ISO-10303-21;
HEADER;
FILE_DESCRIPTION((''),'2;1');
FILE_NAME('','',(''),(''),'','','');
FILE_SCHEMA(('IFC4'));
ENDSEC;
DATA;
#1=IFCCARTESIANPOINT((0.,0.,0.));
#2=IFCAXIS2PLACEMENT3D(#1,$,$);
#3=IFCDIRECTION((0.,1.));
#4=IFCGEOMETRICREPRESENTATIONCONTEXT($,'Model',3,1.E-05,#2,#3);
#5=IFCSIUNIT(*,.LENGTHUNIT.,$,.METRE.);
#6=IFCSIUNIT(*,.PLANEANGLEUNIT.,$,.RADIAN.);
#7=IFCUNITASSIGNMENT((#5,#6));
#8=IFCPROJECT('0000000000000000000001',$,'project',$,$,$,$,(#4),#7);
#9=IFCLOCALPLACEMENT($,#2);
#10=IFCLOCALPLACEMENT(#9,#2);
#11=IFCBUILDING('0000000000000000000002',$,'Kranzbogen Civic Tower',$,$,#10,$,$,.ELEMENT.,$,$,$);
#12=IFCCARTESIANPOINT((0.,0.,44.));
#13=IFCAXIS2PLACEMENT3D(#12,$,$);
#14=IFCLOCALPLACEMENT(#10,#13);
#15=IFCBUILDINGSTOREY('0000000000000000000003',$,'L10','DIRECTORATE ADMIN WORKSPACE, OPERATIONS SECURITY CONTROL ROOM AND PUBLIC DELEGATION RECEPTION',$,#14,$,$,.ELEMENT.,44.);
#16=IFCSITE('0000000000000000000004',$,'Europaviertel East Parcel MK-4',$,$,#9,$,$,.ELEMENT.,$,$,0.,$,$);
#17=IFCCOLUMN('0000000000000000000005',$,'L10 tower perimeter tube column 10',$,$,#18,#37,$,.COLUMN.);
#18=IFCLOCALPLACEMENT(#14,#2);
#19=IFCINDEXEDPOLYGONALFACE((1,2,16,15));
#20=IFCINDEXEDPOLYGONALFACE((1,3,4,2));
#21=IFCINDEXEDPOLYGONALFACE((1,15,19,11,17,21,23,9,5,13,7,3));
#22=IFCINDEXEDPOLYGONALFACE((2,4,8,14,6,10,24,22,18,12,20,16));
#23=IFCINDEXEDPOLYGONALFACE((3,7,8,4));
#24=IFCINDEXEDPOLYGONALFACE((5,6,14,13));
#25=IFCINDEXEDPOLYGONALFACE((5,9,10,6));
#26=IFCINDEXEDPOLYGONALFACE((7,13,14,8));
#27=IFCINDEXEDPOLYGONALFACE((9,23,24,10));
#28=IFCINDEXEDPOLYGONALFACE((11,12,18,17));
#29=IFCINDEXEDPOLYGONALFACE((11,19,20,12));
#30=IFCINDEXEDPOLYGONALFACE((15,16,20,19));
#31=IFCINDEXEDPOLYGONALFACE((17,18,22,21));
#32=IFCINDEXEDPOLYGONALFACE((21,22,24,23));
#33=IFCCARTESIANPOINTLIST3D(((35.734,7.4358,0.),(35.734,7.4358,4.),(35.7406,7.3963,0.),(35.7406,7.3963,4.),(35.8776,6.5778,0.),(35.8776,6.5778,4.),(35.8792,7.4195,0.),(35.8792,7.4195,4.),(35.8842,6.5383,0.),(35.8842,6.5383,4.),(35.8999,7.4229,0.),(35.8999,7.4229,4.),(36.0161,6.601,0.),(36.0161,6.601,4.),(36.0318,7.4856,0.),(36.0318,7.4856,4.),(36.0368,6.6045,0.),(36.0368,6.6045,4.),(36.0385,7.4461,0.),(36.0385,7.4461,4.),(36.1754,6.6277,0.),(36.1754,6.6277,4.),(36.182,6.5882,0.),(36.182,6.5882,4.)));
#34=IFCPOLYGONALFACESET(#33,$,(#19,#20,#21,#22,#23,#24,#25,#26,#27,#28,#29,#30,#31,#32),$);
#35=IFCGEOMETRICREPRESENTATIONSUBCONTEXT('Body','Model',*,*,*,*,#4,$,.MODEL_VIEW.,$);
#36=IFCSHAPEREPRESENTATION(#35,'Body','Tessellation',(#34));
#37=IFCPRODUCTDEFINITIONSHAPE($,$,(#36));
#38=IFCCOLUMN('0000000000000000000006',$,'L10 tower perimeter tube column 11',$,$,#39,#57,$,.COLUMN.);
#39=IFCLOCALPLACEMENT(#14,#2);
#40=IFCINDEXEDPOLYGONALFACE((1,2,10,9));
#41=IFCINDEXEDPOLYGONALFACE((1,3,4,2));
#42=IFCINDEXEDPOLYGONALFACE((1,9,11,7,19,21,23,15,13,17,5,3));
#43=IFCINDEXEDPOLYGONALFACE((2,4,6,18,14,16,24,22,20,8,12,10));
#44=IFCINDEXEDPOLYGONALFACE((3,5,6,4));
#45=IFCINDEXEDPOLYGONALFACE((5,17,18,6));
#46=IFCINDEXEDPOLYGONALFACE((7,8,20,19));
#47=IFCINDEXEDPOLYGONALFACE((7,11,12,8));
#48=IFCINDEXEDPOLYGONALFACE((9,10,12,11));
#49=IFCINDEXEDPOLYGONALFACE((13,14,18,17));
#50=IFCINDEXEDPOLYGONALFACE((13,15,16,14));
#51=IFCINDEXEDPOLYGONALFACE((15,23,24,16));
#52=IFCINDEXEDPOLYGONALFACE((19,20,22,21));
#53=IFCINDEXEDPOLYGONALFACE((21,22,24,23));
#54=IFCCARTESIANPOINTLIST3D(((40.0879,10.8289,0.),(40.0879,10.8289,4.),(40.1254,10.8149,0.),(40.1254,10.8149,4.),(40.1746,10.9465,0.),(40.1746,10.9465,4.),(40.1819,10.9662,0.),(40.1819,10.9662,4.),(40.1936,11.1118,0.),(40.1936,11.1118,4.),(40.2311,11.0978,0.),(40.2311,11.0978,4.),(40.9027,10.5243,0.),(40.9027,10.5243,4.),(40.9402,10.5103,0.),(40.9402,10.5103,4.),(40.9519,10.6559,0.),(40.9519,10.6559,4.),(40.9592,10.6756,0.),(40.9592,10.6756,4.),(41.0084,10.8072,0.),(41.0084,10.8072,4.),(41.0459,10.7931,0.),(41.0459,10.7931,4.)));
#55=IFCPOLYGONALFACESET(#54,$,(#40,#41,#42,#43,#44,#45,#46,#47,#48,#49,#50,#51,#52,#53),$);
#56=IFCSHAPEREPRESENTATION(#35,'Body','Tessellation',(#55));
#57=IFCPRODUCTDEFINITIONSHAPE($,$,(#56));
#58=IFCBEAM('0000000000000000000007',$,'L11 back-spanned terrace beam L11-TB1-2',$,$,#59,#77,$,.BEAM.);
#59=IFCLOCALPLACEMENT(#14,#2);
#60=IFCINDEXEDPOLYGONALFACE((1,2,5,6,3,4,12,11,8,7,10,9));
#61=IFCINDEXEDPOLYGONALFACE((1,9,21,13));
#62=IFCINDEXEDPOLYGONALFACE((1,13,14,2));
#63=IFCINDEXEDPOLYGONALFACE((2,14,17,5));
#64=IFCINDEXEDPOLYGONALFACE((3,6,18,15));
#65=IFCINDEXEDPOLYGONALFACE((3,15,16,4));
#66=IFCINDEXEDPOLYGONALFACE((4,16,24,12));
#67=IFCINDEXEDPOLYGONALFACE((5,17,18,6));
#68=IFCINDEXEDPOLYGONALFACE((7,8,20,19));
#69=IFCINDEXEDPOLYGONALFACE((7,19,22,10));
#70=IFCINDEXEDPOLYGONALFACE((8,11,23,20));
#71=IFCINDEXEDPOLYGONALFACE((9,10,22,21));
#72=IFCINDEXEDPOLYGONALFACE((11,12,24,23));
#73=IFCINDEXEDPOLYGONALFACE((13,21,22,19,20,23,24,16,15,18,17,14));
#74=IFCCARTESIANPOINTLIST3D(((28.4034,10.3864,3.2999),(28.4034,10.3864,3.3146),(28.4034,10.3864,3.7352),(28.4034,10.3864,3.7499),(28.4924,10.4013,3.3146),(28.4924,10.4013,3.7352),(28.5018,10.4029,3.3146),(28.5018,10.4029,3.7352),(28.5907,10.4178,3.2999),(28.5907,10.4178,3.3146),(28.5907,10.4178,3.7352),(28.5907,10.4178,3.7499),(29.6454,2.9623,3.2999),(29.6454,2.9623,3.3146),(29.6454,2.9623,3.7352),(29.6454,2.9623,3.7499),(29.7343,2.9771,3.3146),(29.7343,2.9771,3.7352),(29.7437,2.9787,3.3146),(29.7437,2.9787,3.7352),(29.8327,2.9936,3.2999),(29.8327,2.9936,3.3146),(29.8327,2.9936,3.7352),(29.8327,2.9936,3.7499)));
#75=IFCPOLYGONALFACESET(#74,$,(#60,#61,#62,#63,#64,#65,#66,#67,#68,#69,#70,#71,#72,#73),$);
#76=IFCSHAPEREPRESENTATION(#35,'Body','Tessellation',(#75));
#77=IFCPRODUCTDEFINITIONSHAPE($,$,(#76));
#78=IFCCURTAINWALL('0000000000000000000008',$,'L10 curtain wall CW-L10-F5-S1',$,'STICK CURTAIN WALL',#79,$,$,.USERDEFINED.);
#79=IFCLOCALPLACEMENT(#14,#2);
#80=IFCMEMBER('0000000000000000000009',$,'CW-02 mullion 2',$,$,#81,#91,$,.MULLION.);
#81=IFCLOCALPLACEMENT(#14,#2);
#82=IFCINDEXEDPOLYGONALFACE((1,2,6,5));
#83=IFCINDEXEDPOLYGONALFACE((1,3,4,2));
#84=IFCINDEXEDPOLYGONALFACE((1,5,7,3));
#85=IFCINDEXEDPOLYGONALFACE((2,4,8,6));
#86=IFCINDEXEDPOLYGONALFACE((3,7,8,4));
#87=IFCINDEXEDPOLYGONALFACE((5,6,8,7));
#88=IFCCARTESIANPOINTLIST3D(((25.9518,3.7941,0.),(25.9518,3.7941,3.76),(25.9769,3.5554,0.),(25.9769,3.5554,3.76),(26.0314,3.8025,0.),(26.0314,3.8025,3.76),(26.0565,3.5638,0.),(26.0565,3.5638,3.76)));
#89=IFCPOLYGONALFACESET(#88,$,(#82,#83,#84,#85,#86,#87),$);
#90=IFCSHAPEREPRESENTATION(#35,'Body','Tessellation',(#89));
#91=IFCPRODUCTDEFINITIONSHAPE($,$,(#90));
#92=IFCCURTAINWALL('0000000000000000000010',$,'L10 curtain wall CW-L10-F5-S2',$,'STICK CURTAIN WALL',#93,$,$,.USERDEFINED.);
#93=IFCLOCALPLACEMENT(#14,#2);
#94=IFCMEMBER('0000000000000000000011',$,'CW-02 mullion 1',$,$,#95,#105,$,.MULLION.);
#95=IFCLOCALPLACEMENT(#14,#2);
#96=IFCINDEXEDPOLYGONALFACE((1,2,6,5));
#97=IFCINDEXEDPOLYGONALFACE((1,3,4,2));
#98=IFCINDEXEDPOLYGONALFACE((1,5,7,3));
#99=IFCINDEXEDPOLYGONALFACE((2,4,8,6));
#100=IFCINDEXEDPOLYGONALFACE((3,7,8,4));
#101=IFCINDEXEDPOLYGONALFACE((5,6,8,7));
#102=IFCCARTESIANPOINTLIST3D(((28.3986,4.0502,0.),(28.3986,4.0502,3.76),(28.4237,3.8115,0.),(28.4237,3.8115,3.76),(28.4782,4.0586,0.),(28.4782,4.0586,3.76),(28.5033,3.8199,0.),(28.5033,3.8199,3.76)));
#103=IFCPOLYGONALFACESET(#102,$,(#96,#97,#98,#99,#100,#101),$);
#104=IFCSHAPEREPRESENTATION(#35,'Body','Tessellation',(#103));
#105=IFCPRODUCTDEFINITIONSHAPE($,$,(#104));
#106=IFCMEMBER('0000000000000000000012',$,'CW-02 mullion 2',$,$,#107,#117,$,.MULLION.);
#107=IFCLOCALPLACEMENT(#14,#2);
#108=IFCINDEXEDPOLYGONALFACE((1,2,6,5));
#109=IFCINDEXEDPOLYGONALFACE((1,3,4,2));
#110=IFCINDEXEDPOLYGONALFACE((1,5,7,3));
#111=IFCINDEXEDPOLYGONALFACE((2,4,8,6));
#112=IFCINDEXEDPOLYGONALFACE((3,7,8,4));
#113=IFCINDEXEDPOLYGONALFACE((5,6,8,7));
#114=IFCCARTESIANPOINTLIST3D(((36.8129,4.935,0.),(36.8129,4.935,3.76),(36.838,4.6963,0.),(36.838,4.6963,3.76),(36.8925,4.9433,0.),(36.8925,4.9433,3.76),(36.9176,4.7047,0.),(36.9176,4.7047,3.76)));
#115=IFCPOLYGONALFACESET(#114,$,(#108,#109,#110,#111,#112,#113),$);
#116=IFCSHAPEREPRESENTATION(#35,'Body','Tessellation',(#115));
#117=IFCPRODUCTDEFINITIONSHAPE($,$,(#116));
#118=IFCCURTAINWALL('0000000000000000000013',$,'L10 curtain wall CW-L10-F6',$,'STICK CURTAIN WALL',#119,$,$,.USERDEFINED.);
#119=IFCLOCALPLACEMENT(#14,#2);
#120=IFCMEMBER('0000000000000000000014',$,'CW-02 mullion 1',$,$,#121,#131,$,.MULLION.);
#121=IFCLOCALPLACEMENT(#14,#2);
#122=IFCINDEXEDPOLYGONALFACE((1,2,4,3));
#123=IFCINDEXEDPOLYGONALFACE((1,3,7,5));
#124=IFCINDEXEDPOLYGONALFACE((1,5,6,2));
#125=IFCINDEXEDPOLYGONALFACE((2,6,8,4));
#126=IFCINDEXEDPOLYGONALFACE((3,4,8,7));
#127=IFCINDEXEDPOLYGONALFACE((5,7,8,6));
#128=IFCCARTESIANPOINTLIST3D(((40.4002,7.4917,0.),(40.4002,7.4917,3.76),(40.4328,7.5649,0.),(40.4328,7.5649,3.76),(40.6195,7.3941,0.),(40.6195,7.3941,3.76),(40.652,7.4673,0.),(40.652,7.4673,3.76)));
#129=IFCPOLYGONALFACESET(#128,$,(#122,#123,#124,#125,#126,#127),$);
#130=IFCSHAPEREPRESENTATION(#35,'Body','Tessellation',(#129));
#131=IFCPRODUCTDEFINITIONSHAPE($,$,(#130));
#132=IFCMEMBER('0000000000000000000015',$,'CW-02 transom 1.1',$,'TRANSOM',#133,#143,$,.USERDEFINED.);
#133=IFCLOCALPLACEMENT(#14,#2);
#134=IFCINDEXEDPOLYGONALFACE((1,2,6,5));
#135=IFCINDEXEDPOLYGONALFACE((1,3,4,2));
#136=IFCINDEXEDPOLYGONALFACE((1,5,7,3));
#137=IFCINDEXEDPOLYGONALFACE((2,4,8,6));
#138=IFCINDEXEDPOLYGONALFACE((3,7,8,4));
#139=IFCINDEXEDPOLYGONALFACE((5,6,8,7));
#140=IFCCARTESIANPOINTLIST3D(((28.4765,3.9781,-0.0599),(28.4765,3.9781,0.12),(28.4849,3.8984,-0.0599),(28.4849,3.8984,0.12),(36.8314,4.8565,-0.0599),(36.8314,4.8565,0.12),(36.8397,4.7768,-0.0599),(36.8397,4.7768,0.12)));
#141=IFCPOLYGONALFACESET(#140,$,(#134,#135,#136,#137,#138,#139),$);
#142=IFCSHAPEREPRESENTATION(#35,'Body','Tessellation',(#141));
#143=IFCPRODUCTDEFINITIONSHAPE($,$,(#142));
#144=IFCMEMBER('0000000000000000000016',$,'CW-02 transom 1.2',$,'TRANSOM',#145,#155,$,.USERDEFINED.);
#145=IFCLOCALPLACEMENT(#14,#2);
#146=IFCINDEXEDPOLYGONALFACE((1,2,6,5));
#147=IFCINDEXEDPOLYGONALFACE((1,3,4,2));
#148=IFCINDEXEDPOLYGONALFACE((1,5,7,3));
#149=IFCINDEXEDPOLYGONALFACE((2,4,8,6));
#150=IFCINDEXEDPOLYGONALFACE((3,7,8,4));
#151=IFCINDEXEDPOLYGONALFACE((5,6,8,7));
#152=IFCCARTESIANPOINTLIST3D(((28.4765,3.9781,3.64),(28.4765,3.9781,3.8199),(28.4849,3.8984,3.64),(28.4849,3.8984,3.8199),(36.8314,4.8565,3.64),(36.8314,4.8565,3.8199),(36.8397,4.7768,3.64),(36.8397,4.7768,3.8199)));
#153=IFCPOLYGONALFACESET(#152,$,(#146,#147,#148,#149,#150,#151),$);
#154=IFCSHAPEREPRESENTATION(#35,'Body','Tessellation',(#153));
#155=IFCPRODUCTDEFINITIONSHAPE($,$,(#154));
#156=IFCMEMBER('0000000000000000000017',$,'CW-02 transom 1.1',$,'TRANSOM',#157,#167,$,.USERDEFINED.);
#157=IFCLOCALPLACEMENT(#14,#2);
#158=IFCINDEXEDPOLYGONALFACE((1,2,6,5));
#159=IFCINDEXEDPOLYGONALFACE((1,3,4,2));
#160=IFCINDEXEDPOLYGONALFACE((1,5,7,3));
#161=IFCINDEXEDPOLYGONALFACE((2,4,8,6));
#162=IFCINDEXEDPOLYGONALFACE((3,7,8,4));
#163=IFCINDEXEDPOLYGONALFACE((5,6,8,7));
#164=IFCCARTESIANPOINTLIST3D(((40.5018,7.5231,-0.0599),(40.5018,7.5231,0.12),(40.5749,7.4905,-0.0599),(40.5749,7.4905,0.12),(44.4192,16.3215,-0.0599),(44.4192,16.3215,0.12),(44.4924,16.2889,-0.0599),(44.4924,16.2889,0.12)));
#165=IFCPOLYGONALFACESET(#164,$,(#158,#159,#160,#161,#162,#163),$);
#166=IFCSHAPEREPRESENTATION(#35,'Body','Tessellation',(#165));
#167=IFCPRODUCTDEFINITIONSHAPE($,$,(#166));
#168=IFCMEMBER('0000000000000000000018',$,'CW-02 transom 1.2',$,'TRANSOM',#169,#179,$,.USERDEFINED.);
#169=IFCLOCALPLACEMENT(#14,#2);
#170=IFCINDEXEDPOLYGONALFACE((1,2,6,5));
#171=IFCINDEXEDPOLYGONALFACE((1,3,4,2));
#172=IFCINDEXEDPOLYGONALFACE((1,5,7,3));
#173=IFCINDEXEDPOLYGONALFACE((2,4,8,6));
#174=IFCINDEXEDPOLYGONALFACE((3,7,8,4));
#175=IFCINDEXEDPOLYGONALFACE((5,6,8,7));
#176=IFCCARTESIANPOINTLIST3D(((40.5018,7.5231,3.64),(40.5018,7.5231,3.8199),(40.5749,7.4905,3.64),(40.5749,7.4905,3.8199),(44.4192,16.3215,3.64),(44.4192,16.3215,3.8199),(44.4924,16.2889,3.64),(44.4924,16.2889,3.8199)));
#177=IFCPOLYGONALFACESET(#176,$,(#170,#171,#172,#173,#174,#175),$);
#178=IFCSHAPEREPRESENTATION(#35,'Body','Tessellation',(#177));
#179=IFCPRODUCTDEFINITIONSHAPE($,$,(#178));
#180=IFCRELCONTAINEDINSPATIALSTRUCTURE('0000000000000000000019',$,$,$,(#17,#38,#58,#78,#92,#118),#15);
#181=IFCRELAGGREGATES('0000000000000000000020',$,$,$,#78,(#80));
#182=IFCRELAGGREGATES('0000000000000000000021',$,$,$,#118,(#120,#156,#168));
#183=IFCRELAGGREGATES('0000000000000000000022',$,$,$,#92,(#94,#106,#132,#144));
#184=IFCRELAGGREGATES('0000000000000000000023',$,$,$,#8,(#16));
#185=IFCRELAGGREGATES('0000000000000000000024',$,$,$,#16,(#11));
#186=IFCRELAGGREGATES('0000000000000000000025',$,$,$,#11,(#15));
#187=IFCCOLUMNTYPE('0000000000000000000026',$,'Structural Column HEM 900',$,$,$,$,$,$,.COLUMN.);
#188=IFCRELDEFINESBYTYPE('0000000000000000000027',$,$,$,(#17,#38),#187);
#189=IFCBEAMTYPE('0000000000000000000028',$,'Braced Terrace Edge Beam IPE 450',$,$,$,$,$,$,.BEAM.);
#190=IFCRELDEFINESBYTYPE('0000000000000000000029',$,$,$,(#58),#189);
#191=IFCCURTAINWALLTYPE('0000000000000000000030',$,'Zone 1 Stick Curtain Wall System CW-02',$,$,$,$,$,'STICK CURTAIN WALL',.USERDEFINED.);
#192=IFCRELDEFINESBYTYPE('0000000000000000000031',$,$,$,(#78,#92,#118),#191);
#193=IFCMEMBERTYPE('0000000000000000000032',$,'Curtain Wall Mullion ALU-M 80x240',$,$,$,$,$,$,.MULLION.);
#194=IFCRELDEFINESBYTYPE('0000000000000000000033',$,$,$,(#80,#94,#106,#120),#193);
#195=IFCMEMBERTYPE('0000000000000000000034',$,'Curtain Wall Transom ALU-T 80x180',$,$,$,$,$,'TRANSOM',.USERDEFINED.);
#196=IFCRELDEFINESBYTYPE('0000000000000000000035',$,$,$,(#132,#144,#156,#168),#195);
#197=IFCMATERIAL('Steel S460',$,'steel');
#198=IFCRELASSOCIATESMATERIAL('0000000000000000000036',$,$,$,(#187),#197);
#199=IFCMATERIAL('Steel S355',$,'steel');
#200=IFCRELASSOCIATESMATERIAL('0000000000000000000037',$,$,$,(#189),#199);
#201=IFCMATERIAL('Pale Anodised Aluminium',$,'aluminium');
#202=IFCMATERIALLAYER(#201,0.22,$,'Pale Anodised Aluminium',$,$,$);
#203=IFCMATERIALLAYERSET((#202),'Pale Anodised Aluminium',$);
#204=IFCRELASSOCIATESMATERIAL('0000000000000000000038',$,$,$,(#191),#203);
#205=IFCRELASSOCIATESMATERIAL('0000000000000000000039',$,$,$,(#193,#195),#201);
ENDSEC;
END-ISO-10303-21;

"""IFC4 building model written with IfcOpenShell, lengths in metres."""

from ifc_helpers import new_model, si_unit, direction, frame, origin, origin_2d, place, context, subcontext, project, spatial, rectangle, i_section, extrude, material, layer, layer_set, material_profile, profile_set, type_object, element, aggregate, save


model = new_model("IFC4")

# Units and contexts
model_context = context("Model", 3, precision=1e-05, world=origin(), true_north=direction((0.0, 1.0)))
body_context = subcontext(model_context, "Body", "Model", "MODEL_VIEW")
ifc_project = project(units=[si_unit("LENGTHUNIT", "METRE"), si_unit("PLANEANGLEUNIT", "RADIAN")], contexts=[model_context])

# Site, building, storey
site_placement = place(None, origin())
site = spatial("IfcSite", under=ifc_project, at=site_placement, Name="Europaviertel East Parcel MK-4", CompositionType="ELEMENT", RefElevation=0.0)
building_placement = place(site_placement, origin())
building = spatial("IfcBuilding", under=site, at=building_placement, Name="Kranzbogen Civic Tower", CompositionType="ELEMENT")
storey_placement = place(building_placement, frame((0.0, 0.0, 44.0)))
storey = spatial("IfcBuildingStorey", under=building, at=storey_placement, Name="L10", Description="DIRECTORATE ADMIN WORKSPACE, OPERATIONS SECURITY CONTROL ROOM AND PUBLIC DELEGATION RECEPTION", CompositionType="ELEMENT", Elevation=44.0)

# Columns
ifc_material_1 = material(Name="Steel S460", Category="steel")
ifc_material_profile_1 = material_profile(ifc_material_1, i_section(OverallWidth=0.302, OverallDepth=0.9099, WebThickness=0.021, FlangeThickness=0.04, at=origin_2d()), Name="HEM 900")
ifc_profile_set_1 = profile_set([ifc_material_profile_1], Name="Steel S460")
column_type = type_object("IfcColumnType", Name="Structural Column HEM 900", PredefinedType="COLUMN", material=ifc_profile_set_1)
for number, where, z_axis, x_axis, name in (
    (1, (35.958, 7.012, 0.0), (0.0, 0.0, 1.0), (0.986286, 0.165048, 0.0), "L10 tower perimeter tube column 10"),
    (2, (40.5669, 10.811, 0.0), (0.0, 0.0, 1.0), (0.350207, 0.936672, 0.0), "L10 tower perimeter tube column 11"),
):
    element("IfcColumn", number, at=place(storey_placement, frame(where, z_axis=z_axis, x_axis=x_axis)), inside=storey, type_object=column_type, Name=name, PredefinedType="COLUMN", context=body_context, shape_type="SweptSolid", body=[
        extrude(i_section(OverallWidth=0.302, OverallDepth=0.9099, WebThickness=0.021, FlangeThickness=0.04, at=origin_2d()), origin(), (0.0, 0.0, 1.0), 4.0),
    ])

# Beam
ifc_material_2 = material(Name="Steel S355", Category="steel")
ifc_material_profile_2 = material_profile(ifc_material_2, i_section(OverallWidth=0.1899, OverallDepth=0.45, WebThickness=0.0095, FlangeThickness=0.0146, at=origin_2d()), Name="IPE 450")
ifc_profile_set_2 = profile_set([ifc_material_profile_2], Name="Steel S355")
beam_type_1 = type_object("IfcBeamType", Name="Braced Terrace Edge Beam IPE 450", PredefinedType="BEAM", material=ifc_profile_set_2)
beam_1_placement = place(storey_placement, frame((28.4971, 10.4021, 3.5249), z_axis=(0.164993, -0.986295, 0.0), x_axis=(0.986295, 0.164993, 0.0)))
element("IfcBeam", 3, at=beam_1_placement, inside=storey, type_object=beam_type_1, Name="L11 back-spanned terrace beam L11-TB1-2", PredefinedType="BEAM", context=body_context, shape_type="SweptSolid", body=[
    extrude(i_section(OverallWidth=0.1899, OverallDepth=0.45, WebThickness=0.0095, FlangeThickness=0.0146, at=origin_2d()), origin(), (0.0, 0.0, 1.0), 7.5273),
])

# Curtain wall, member
ifc_material_3 = material(Name="Pale Anodised Aluminium", Category="aluminium")
ifc_layer_1 = layer(ifc_material_3, 0.22, Name="Pale Anodised Aluminium")
ifc_layer_set_1 = layer_set([ifc_layer_1], Name="Pale Anodised Aluminium")
curtain_wall_type = type_object("IfcCurtainWallType", Name="Zone 1 Stick Curtain Wall System CW-02", ElementType="STICK CURTAIN WALL", PredefinedType="USERDEFINED", material=ifc_layer_set_1)
curtain_wall_1_placement = place(storey_placement, origin())
curtain_wall_1 = element("IfcCurtainWall", 4, at=curtain_wall_1_placement, inside=storey, type_object=curtain_wall_type, Name="L10 curtain wall CW-L10-F5-S1", ObjectType="STICK CURTAIN WALL", PredefinedType="USERDEFINED")
ifc_material_profile_3 = material_profile(ifc_material_3, rectangle(XDim=0.0801, YDim=0.24, at=origin_2d()), Name="ALU-M 80x240")
ifc_profile_set_3 = profile_set([ifc_material_profile_3], Name="Pale Anodised Aluminium")
member_type_1 = type_object("IfcMemberType", Name="Curtain Wall Mullion ALU-M 80x240", PredefinedType="MULLION", material=ifc_profile_set_3)
member_1_placement = place(storey_placement, frame((26.0042, 3.679, 0.0), z_axis=(0.0, 0.0, 1.0), x_axis=(0.994518, 0.104569, 0.0)))
member_1 = element("IfcMember", 5, at=member_1_placement, type_object=member_type_1, Name="CW-02 mullion 2", PredefinedType="MULLION", context=body_context, shape_type="SweptSolid", body=[
    extrude(rectangle(XDim=0.0801, YDim=0.24, at=origin_2d()), origin(), (0.0, 0.0, 1.0), 3.76),
])
aggregate(curtain_wall_1, [member_1])

# Curtain wall, members
curtain_wall_2_placement = place(storey_placement, origin())
curtain_wall_2 = element("IfcCurtainWall", 6, at=curtain_wall_2_placement, inside=storey, type_object=curtain_wall_type, Name="L10 curtain wall CW-L10-F5-S2", ObjectType="STICK CURTAIN WALL", PredefinedType="USERDEFINED")
member_2_placement = place(storey_placement, frame((28.4509, 3.9351, 0.0), z_axis=(0.0, 0.0, 1.0), x_axis=(0.994518, 0.104569, 0.0)))
member_2 = element("IfcMember", 7, at=member_2_placement, type_object=member_type_1, Name="CW-02 mullion 1", PredefinedType="MULLION", context=body_context, shape_type="SweptSolid", body=[
    extrude(rectangle(XDim=0.0801, YDim=0.24, at=origin_2d()), origin(), (0.0, 0.0, 1.0), 3.76),
])
member_3_placement = place(storey_placement, frame((36.8652, 4.8198, 0.0), z_axis=(0.0, 0.0, 1.0), x_axis=(0.994518, 0.104569, 0.0)))
member_3 = element("IfcMember", 8, at=member_3_placement, type_object=member_type_1, Name="CW-02 mullion 2", PredefinedType="MULLION", context=body_context, shape_type="SweptSolid", body=[
    extrude(rectangle(XDim=0.0801, YDim=0.24, at=origin_2d()), origin(), (0.0, 0.0, 1.0), 3.76),
])

# Curtain wall, member
curtain_wall_3_placement = place(storey_placement, origin())
curtain_wall_3 = element("IfcCurtainWall", 9, at=curtain_wall_3_placement, inside=storey, type_object=curtain_wall_type, Name="L10 curtain wall CW-L10-F6", ObjectType="STICK CURTAIN WALL", PredefinedType="USERDEFINED")
member_4_placement = place(storey_placement, frame((40.5261, 7.4795, 0.0), z_axis=(0.0, 0.0, 1.0), x_axis=(0.406749, 0.91354, 0.0)))
member_4 = element("IfcMember", 10, at=member_4_placement, type_object=member_type_1, Name="CW-02 mullion 1", PredefinedType="MULLION", context=body_context, shape_type="SweptSolid", body=[
    extrude(rectangle(XDim=0.0801, YDim=0.24, at=origin_2d()), origin(), (0.0, 0.0, 1.0), 3.76),
])

# Members
ifc_material_profile_4 = material_profile(ifc_material_3, rectangle(XDim=0.0801, YDim=0.1799, at=origin_2d()), Name="ALU-T 80x180")
ifc_profile_set_4 = profile_set([ifc_material_profile_4], Name="Pale Anodised Aluminium")
member_type_2 = type_object("IfcMemberType", Name="Curtain Wall Transom ALU-T 80x180", ElementType="TRANSOM", PredefinedType="USERDEFINED", material=ifc_profile_set_4)
member_5_placement = place(storey_placement, frame((28.4807, 3.9382, 0.03), z_axis=(0.994518, 0.104564, 0.0), x_axis=(-0.104564, 0.994518, 0.0)))
member_5 = element("IfcMember", 11, at=member_5_placement, type_object=member_type_2, Name="CW-02 transom 1.1", ObjectType="TRANSOM", PredefinedType="USERDEFINED", context=body_context, shape_type="SweptSolid", body=[
    extrude(rectangle(XDim=0.0801, YDim=0.1799, at=origin_2d()), origin(), (0.0, 0.0, 1.0), 8.4009),
])
member_6_placement = place(storey_placement, frame((28.4807, 3.9382, 3.73), z_axis=(0.994518, 0.104564, 0.0), x_axis=(-0.104564, 0.994518, 0.0)))
member_6 = element("IfcMember", 12, at=member_6_placement, type_object=member_type_2, Name="CW-02 transom 1.2", ObjectType="TRANSOM", PredefinedType="USERDEFINED", context=body_context, shape_type="SweptSolid", body=[
    extrude(rectangle(XDim=0.0801, YDim=0.1799, at=origin_2d()), origin(), (0.0, 0.0, 1.0), 8.4009),
])
member_7_placement = place(storey_placement, frame((40.5383, 7.5068, 0.03), z_axis=(0.406755, 0.913537, 0.0), x_axis=(-0.913537, 0.406755, 0.0)))
member_7 = element("IfcMember", 13, at=member_7_placement, type_object=member_type_2, Name="CW-02 transom 1.1", ObjectType="TRANSOM", PredefinedType="USERDEFINED", context=body_context, shape_type="SweptSolid", body=[
    extrude(rectangle(XDim=0.0801, YDim=0.1799, at=origin_2d()), origin(), (0.0, 0.0, 1.0), 9.6311),
])
member_8_placement = place(storey_placement, frame((40.5383, 7.5068, 3.73), z_axis=(0.406755, 0.913537, 0.0), x_axis=(-0.913537, 0.406755, 0.0)))
member_8 = element("IfcMember", 14, at=member_8_placement, type_object=member_type_2, Name="CW-02 transom 1.2", ObjectType="TRANSOM", PredefinedType="USERDEFINED", context=body_context, shape_type="SweptSolid", body=[
    extrude(rectangle(XDim=0.0801, YDim=0.1799, at=origin_2d()), origin(), (0.0, 0.0, 1.0), 9.6311),
])
aggregate(curtain_wall_3, [member_4, member_7, member_8])

aggregate(curtain_wall_2, [member_2, member_3, member_5, member_6])

save(model, "model.ifc")
